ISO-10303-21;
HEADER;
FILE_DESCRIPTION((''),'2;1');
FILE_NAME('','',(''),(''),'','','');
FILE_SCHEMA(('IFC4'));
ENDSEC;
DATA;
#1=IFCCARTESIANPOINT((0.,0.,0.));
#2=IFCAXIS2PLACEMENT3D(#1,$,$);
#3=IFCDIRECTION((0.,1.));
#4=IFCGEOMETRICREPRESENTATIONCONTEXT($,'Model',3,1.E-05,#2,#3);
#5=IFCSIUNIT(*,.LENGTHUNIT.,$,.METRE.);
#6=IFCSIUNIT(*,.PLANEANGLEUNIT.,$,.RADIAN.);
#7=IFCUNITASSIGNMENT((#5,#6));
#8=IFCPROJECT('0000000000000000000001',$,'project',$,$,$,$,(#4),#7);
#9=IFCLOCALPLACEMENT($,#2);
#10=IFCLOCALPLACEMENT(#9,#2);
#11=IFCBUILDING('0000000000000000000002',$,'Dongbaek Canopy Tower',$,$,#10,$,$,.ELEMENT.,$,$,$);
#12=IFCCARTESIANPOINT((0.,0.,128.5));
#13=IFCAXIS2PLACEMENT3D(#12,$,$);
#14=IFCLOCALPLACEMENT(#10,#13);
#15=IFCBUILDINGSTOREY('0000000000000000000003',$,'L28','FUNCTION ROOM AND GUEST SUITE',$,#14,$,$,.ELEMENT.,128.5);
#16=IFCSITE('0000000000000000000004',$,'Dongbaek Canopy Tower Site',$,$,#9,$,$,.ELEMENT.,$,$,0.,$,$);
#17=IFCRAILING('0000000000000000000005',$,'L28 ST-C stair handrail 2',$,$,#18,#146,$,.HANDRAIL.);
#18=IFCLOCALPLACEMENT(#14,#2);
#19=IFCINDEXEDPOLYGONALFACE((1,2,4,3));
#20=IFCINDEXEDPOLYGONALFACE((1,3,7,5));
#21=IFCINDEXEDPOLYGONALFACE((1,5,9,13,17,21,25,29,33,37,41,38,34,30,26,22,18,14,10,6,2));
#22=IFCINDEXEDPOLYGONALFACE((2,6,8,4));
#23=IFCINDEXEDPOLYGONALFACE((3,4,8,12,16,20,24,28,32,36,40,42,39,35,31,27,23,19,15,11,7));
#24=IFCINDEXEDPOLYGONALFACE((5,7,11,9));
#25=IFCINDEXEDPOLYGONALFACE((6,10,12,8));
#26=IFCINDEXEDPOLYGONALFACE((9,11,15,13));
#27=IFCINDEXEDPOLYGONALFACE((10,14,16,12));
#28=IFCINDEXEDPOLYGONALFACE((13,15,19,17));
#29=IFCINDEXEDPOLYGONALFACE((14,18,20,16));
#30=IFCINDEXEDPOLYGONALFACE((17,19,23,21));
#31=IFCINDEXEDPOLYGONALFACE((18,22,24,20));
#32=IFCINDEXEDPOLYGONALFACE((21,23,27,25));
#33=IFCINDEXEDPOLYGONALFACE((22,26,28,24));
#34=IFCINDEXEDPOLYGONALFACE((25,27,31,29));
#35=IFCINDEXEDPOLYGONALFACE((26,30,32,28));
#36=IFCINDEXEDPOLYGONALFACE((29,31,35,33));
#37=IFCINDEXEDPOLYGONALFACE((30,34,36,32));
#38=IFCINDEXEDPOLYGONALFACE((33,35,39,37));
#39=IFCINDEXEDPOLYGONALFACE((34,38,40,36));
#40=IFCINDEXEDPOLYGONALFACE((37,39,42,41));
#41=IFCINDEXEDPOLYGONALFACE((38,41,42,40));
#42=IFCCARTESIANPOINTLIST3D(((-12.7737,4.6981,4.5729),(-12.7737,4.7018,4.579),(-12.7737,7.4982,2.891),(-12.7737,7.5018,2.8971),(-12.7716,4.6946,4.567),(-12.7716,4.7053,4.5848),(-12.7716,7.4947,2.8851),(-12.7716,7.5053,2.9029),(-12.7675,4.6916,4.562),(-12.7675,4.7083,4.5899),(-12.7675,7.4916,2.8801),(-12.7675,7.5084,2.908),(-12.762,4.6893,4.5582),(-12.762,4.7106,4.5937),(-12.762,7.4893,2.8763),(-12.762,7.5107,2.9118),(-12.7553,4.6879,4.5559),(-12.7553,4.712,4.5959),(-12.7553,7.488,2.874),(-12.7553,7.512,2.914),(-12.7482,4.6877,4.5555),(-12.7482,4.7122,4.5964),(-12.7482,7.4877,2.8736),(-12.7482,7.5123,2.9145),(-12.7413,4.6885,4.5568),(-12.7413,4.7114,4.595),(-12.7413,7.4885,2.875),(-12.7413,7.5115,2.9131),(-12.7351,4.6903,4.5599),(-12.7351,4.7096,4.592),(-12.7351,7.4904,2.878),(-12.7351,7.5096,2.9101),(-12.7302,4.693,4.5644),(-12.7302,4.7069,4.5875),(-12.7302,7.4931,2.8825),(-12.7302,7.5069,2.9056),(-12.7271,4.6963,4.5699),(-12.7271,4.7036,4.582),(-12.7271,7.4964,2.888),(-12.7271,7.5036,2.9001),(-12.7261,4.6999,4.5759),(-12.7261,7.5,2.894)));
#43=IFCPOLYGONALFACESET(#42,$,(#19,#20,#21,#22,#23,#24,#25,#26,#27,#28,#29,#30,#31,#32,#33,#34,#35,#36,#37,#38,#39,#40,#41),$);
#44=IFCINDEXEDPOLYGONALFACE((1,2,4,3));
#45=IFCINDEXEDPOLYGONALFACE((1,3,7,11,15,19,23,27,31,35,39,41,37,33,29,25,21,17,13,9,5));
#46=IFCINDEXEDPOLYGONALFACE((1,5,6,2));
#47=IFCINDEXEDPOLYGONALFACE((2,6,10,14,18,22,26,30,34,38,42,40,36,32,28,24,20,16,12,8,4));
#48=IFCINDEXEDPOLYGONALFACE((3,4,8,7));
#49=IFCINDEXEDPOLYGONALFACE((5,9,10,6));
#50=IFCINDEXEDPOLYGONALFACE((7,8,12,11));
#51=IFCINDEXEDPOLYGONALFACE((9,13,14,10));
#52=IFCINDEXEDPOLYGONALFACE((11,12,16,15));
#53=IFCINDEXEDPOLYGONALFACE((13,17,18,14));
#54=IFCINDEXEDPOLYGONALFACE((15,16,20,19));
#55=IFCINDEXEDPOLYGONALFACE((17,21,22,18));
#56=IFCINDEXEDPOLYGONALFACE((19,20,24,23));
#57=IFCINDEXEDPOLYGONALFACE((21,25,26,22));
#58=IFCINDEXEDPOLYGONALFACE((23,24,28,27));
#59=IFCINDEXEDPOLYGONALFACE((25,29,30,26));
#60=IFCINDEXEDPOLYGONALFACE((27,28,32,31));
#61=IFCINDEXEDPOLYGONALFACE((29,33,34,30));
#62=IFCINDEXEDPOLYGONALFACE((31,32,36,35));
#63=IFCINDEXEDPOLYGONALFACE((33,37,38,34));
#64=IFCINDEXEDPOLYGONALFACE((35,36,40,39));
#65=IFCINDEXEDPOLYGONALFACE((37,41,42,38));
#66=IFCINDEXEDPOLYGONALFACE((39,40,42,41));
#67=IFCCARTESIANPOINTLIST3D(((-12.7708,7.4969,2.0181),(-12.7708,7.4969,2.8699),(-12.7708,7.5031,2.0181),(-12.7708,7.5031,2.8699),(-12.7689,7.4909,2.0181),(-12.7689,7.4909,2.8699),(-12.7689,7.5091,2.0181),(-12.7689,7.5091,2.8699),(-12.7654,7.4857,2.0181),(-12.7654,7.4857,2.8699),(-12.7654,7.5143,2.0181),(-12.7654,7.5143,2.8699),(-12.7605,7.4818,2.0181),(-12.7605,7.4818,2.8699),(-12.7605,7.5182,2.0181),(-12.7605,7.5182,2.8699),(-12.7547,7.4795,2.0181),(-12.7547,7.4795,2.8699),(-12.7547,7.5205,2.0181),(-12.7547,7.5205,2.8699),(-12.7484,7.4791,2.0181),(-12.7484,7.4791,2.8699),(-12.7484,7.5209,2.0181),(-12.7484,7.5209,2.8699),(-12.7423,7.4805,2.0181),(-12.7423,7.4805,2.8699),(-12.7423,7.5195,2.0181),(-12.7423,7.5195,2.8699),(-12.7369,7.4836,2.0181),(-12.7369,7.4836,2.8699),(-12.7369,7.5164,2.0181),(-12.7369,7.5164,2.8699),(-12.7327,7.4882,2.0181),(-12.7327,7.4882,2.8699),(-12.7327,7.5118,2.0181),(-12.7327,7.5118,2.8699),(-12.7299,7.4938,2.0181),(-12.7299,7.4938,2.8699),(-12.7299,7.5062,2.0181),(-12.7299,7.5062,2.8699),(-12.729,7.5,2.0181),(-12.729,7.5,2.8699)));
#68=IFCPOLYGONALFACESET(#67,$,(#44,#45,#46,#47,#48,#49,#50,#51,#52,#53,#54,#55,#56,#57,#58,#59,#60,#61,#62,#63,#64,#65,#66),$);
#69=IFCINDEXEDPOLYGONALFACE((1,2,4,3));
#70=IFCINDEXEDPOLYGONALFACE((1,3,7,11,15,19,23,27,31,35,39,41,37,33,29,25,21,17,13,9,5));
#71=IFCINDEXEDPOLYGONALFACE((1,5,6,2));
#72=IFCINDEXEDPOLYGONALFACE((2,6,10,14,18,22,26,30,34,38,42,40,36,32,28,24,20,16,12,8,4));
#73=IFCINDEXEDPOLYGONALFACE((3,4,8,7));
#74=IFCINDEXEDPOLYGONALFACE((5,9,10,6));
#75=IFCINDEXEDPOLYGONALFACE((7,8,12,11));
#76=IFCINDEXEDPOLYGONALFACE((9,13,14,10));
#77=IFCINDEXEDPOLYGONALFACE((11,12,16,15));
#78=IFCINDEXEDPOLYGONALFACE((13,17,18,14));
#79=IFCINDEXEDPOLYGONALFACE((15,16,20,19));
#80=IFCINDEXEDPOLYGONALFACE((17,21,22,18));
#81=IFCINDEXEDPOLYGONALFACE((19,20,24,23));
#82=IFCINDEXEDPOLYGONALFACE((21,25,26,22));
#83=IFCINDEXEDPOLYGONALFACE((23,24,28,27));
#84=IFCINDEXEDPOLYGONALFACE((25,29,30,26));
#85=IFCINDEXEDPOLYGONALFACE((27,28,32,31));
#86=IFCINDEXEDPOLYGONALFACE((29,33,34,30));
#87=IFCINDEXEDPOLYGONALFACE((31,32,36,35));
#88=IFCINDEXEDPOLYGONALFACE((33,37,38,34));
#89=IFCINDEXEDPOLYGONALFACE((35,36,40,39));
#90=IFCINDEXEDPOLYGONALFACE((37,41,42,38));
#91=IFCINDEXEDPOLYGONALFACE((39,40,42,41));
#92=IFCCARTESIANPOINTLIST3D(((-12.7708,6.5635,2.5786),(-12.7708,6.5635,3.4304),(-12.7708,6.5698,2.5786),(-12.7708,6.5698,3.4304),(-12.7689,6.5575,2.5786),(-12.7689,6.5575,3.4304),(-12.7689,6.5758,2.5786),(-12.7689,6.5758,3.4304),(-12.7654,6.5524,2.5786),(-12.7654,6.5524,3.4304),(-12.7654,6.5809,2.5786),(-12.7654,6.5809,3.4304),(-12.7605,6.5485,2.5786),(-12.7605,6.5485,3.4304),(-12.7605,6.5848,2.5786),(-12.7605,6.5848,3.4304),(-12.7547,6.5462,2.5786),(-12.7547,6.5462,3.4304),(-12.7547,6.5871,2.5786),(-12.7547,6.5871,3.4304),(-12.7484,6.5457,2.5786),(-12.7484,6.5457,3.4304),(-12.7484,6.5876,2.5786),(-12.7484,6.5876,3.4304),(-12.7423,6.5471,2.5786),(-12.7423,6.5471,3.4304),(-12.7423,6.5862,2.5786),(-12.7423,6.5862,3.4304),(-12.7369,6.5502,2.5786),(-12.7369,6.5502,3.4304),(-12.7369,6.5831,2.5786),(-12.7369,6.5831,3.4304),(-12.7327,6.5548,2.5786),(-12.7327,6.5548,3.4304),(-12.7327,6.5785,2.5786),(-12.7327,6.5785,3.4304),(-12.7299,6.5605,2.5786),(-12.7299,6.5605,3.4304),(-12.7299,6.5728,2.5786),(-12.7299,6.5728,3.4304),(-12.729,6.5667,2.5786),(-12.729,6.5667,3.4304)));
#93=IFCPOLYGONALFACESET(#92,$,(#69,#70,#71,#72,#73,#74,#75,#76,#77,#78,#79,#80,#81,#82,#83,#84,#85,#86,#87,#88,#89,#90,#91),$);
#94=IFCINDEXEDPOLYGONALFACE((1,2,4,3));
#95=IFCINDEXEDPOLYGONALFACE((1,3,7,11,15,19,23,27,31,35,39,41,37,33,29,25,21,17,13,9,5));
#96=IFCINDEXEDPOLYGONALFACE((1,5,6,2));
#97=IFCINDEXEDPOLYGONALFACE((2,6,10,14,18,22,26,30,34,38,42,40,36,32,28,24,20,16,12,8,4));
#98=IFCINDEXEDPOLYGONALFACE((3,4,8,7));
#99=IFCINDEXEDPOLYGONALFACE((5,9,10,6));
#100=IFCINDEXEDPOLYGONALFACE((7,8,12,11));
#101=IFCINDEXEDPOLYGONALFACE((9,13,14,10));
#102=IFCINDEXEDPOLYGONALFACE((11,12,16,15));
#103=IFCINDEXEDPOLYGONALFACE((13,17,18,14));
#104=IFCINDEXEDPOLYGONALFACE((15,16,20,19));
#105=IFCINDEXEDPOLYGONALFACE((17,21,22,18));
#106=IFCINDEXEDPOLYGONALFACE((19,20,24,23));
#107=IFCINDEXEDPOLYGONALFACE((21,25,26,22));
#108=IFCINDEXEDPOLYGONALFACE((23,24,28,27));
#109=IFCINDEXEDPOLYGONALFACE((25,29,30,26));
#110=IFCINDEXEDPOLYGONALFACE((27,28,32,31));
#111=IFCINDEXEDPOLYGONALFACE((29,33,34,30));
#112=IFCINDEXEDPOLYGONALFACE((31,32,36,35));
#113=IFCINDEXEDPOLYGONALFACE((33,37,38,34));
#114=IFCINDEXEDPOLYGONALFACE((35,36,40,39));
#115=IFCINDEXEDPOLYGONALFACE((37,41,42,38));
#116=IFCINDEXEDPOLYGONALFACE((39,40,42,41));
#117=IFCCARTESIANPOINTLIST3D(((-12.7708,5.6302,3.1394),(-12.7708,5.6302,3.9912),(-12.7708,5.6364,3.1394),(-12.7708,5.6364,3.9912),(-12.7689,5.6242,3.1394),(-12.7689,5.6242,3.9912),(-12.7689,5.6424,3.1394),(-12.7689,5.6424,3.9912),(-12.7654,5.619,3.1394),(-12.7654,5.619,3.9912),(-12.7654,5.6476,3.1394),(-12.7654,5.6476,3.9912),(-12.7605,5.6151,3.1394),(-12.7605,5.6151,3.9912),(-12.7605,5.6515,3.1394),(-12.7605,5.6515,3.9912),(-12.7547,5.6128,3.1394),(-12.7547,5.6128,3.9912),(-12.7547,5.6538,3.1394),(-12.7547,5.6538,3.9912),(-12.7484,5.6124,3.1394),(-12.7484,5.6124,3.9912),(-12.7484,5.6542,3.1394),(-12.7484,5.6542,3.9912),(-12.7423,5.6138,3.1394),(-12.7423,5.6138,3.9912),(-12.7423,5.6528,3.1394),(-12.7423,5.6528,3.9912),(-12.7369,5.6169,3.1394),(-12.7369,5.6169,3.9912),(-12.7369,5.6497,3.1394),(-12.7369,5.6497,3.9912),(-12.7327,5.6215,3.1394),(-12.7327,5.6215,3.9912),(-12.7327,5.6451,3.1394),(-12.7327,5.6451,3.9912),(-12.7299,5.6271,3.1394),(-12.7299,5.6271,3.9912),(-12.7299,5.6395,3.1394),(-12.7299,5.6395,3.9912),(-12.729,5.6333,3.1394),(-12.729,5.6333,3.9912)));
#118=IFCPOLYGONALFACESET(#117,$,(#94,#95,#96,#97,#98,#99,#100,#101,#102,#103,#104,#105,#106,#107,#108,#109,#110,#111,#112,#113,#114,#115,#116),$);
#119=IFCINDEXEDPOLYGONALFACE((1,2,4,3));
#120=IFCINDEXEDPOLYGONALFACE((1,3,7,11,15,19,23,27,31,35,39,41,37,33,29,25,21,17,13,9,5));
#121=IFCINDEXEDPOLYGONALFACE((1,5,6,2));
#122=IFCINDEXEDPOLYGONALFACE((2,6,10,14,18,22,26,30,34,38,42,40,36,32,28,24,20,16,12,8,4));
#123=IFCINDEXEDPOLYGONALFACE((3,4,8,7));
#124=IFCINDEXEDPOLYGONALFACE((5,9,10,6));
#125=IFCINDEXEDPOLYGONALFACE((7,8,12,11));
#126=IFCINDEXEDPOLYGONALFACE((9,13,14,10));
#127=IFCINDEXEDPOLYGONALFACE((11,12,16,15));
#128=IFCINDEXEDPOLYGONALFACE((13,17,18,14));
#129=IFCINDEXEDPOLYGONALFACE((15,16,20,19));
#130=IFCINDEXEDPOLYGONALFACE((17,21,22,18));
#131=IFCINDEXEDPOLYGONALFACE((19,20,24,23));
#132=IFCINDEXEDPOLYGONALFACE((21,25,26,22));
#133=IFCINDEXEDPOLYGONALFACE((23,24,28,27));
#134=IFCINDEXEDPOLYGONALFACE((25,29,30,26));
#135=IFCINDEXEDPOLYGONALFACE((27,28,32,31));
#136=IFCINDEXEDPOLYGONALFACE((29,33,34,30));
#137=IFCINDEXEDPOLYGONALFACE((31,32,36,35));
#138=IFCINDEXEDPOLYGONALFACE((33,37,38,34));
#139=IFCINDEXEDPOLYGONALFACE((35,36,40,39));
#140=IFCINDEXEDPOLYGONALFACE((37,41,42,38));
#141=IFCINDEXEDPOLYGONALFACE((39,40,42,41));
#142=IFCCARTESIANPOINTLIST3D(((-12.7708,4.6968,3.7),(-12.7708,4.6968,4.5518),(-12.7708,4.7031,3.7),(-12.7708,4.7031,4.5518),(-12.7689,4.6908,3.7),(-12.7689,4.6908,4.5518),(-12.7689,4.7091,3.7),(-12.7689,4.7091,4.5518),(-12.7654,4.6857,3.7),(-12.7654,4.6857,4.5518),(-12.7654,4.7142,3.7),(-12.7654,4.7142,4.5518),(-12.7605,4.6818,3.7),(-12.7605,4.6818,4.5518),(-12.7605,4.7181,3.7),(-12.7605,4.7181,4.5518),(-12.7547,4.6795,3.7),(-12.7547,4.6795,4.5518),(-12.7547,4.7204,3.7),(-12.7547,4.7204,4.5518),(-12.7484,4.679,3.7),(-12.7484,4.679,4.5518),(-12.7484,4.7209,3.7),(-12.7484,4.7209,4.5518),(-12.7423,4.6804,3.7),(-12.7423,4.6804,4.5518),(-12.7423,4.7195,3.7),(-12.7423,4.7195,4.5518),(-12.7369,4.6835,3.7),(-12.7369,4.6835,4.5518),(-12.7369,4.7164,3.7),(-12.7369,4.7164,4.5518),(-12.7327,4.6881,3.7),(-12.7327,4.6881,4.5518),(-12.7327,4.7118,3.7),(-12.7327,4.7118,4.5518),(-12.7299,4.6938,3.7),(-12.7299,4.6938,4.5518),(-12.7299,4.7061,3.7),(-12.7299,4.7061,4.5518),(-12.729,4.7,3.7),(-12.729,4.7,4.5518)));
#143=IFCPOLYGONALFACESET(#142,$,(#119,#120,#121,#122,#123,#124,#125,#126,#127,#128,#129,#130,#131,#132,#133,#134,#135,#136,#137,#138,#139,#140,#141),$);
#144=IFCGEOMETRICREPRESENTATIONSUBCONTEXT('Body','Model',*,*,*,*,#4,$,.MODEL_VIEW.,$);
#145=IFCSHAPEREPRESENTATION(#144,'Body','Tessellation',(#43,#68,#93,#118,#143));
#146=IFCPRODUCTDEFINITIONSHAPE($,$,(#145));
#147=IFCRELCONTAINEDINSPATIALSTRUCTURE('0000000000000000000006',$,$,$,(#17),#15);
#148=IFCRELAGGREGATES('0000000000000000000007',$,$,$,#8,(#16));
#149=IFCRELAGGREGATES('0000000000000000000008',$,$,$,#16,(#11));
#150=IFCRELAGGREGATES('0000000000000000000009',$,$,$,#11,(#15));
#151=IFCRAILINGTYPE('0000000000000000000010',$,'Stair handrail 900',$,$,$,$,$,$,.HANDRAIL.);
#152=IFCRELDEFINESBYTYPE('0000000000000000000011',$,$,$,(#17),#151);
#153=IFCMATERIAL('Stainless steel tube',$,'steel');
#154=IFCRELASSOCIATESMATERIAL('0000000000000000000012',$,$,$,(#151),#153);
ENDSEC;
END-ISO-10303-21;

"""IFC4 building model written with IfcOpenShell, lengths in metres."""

from ifc_helpers import new_model, si_unit, direction, frame, origin, origin_2d, place, context, subcontext, project, spatial, circle, extrude, material, type_object, element, save


model = new_model("IFC4")

# Units and contexts
model_context = context("Model", 3, precision=1e-05, world=origin(), true_north=direction((0.0, 1.0)))
body_context = subcontext(model_context, "Body", "Model", "MODEL_VIEW")
ifc_project = project(units=[si_unit("LENGTHUNIT", "METRE"), si_unit("PLANEANGLEUNIT", "RADIAN")], contexts=[model_context])

# Site, building, storey
site_placement = place(None, origin())
site = spatial("IfcSite", under=ifc_project, at=site_placement, Name="Dongbaek Canopy Tower Site", CompositionType="ELEMENT", RefElevation=0.0)
building_placement = place(site_placement, origin())
building = spatial("IfcBuilding", under=site, at=building_placement, Name="Dongbaek Canopy Tower", CompositionType="ELEMENT")
storey_placement = place(building_placement, frame((0.0, 0.0, 128.5)))
storey = spatial("IfcBuildingStorey", under=building, at=storey_placement, Name="L28", Description="FUNCTION ROOM AND GUEST SUITE", CompositionType="ELEMENT", Elevation=128.5)

# Railing
ifc_material_1 = material(Name="Stainless steel tube", Category="steel")
railing_type_1 = type_object("IfcRailingType", Name="Stair handrail 900", PredefinedType="HANDRAIL", material=ifc_material_1)
railing_1_placement = place(storey_placement, frame((-12.75, 7.5, 2.0181)))
element("IfcRailing", 1, at=railing_1_placement, inside=storey, type_object=railing_type_1, Name="L28 ST-C stair handrail 2", PredefinedType="HANDRAIL", context=body_context, shape_type="SweptSolid", body=[
    extrude(circle(Radius=0.0239, at=origin_2d()), frame((0.0, 0.0, 0.876), z_axis=(0.0, -0.857242, 0.514913), x_axis=(1.0, 0.0, 0.0)), (0.0, 0.0, 1.0), 3.2664),
    extrude(circle(Radius=0.021, at=origin_2d()), origin(), (0.0, 0.0, 1.0), 0.8518),
    extrude(circle(Radius=0.021, at=origin_2d()), frame((0.0, -0.9333, 0.5605)), (0.0, 0.0, 1.0), 0.8518),
    extrude(circle(Radius=0.021, at=origin_2d()), frame((0.0, -1.8667, 1.1213)), (0.0, 0.0, 1.0), 0.8518),
    extrude(circle(Radius=0.021, at=origin_2d()), frame((0.0, -2.8, 1.6819)), (0.0, 0.0, 1.0), 0.8518),
])

save(model, "model.ifc")
